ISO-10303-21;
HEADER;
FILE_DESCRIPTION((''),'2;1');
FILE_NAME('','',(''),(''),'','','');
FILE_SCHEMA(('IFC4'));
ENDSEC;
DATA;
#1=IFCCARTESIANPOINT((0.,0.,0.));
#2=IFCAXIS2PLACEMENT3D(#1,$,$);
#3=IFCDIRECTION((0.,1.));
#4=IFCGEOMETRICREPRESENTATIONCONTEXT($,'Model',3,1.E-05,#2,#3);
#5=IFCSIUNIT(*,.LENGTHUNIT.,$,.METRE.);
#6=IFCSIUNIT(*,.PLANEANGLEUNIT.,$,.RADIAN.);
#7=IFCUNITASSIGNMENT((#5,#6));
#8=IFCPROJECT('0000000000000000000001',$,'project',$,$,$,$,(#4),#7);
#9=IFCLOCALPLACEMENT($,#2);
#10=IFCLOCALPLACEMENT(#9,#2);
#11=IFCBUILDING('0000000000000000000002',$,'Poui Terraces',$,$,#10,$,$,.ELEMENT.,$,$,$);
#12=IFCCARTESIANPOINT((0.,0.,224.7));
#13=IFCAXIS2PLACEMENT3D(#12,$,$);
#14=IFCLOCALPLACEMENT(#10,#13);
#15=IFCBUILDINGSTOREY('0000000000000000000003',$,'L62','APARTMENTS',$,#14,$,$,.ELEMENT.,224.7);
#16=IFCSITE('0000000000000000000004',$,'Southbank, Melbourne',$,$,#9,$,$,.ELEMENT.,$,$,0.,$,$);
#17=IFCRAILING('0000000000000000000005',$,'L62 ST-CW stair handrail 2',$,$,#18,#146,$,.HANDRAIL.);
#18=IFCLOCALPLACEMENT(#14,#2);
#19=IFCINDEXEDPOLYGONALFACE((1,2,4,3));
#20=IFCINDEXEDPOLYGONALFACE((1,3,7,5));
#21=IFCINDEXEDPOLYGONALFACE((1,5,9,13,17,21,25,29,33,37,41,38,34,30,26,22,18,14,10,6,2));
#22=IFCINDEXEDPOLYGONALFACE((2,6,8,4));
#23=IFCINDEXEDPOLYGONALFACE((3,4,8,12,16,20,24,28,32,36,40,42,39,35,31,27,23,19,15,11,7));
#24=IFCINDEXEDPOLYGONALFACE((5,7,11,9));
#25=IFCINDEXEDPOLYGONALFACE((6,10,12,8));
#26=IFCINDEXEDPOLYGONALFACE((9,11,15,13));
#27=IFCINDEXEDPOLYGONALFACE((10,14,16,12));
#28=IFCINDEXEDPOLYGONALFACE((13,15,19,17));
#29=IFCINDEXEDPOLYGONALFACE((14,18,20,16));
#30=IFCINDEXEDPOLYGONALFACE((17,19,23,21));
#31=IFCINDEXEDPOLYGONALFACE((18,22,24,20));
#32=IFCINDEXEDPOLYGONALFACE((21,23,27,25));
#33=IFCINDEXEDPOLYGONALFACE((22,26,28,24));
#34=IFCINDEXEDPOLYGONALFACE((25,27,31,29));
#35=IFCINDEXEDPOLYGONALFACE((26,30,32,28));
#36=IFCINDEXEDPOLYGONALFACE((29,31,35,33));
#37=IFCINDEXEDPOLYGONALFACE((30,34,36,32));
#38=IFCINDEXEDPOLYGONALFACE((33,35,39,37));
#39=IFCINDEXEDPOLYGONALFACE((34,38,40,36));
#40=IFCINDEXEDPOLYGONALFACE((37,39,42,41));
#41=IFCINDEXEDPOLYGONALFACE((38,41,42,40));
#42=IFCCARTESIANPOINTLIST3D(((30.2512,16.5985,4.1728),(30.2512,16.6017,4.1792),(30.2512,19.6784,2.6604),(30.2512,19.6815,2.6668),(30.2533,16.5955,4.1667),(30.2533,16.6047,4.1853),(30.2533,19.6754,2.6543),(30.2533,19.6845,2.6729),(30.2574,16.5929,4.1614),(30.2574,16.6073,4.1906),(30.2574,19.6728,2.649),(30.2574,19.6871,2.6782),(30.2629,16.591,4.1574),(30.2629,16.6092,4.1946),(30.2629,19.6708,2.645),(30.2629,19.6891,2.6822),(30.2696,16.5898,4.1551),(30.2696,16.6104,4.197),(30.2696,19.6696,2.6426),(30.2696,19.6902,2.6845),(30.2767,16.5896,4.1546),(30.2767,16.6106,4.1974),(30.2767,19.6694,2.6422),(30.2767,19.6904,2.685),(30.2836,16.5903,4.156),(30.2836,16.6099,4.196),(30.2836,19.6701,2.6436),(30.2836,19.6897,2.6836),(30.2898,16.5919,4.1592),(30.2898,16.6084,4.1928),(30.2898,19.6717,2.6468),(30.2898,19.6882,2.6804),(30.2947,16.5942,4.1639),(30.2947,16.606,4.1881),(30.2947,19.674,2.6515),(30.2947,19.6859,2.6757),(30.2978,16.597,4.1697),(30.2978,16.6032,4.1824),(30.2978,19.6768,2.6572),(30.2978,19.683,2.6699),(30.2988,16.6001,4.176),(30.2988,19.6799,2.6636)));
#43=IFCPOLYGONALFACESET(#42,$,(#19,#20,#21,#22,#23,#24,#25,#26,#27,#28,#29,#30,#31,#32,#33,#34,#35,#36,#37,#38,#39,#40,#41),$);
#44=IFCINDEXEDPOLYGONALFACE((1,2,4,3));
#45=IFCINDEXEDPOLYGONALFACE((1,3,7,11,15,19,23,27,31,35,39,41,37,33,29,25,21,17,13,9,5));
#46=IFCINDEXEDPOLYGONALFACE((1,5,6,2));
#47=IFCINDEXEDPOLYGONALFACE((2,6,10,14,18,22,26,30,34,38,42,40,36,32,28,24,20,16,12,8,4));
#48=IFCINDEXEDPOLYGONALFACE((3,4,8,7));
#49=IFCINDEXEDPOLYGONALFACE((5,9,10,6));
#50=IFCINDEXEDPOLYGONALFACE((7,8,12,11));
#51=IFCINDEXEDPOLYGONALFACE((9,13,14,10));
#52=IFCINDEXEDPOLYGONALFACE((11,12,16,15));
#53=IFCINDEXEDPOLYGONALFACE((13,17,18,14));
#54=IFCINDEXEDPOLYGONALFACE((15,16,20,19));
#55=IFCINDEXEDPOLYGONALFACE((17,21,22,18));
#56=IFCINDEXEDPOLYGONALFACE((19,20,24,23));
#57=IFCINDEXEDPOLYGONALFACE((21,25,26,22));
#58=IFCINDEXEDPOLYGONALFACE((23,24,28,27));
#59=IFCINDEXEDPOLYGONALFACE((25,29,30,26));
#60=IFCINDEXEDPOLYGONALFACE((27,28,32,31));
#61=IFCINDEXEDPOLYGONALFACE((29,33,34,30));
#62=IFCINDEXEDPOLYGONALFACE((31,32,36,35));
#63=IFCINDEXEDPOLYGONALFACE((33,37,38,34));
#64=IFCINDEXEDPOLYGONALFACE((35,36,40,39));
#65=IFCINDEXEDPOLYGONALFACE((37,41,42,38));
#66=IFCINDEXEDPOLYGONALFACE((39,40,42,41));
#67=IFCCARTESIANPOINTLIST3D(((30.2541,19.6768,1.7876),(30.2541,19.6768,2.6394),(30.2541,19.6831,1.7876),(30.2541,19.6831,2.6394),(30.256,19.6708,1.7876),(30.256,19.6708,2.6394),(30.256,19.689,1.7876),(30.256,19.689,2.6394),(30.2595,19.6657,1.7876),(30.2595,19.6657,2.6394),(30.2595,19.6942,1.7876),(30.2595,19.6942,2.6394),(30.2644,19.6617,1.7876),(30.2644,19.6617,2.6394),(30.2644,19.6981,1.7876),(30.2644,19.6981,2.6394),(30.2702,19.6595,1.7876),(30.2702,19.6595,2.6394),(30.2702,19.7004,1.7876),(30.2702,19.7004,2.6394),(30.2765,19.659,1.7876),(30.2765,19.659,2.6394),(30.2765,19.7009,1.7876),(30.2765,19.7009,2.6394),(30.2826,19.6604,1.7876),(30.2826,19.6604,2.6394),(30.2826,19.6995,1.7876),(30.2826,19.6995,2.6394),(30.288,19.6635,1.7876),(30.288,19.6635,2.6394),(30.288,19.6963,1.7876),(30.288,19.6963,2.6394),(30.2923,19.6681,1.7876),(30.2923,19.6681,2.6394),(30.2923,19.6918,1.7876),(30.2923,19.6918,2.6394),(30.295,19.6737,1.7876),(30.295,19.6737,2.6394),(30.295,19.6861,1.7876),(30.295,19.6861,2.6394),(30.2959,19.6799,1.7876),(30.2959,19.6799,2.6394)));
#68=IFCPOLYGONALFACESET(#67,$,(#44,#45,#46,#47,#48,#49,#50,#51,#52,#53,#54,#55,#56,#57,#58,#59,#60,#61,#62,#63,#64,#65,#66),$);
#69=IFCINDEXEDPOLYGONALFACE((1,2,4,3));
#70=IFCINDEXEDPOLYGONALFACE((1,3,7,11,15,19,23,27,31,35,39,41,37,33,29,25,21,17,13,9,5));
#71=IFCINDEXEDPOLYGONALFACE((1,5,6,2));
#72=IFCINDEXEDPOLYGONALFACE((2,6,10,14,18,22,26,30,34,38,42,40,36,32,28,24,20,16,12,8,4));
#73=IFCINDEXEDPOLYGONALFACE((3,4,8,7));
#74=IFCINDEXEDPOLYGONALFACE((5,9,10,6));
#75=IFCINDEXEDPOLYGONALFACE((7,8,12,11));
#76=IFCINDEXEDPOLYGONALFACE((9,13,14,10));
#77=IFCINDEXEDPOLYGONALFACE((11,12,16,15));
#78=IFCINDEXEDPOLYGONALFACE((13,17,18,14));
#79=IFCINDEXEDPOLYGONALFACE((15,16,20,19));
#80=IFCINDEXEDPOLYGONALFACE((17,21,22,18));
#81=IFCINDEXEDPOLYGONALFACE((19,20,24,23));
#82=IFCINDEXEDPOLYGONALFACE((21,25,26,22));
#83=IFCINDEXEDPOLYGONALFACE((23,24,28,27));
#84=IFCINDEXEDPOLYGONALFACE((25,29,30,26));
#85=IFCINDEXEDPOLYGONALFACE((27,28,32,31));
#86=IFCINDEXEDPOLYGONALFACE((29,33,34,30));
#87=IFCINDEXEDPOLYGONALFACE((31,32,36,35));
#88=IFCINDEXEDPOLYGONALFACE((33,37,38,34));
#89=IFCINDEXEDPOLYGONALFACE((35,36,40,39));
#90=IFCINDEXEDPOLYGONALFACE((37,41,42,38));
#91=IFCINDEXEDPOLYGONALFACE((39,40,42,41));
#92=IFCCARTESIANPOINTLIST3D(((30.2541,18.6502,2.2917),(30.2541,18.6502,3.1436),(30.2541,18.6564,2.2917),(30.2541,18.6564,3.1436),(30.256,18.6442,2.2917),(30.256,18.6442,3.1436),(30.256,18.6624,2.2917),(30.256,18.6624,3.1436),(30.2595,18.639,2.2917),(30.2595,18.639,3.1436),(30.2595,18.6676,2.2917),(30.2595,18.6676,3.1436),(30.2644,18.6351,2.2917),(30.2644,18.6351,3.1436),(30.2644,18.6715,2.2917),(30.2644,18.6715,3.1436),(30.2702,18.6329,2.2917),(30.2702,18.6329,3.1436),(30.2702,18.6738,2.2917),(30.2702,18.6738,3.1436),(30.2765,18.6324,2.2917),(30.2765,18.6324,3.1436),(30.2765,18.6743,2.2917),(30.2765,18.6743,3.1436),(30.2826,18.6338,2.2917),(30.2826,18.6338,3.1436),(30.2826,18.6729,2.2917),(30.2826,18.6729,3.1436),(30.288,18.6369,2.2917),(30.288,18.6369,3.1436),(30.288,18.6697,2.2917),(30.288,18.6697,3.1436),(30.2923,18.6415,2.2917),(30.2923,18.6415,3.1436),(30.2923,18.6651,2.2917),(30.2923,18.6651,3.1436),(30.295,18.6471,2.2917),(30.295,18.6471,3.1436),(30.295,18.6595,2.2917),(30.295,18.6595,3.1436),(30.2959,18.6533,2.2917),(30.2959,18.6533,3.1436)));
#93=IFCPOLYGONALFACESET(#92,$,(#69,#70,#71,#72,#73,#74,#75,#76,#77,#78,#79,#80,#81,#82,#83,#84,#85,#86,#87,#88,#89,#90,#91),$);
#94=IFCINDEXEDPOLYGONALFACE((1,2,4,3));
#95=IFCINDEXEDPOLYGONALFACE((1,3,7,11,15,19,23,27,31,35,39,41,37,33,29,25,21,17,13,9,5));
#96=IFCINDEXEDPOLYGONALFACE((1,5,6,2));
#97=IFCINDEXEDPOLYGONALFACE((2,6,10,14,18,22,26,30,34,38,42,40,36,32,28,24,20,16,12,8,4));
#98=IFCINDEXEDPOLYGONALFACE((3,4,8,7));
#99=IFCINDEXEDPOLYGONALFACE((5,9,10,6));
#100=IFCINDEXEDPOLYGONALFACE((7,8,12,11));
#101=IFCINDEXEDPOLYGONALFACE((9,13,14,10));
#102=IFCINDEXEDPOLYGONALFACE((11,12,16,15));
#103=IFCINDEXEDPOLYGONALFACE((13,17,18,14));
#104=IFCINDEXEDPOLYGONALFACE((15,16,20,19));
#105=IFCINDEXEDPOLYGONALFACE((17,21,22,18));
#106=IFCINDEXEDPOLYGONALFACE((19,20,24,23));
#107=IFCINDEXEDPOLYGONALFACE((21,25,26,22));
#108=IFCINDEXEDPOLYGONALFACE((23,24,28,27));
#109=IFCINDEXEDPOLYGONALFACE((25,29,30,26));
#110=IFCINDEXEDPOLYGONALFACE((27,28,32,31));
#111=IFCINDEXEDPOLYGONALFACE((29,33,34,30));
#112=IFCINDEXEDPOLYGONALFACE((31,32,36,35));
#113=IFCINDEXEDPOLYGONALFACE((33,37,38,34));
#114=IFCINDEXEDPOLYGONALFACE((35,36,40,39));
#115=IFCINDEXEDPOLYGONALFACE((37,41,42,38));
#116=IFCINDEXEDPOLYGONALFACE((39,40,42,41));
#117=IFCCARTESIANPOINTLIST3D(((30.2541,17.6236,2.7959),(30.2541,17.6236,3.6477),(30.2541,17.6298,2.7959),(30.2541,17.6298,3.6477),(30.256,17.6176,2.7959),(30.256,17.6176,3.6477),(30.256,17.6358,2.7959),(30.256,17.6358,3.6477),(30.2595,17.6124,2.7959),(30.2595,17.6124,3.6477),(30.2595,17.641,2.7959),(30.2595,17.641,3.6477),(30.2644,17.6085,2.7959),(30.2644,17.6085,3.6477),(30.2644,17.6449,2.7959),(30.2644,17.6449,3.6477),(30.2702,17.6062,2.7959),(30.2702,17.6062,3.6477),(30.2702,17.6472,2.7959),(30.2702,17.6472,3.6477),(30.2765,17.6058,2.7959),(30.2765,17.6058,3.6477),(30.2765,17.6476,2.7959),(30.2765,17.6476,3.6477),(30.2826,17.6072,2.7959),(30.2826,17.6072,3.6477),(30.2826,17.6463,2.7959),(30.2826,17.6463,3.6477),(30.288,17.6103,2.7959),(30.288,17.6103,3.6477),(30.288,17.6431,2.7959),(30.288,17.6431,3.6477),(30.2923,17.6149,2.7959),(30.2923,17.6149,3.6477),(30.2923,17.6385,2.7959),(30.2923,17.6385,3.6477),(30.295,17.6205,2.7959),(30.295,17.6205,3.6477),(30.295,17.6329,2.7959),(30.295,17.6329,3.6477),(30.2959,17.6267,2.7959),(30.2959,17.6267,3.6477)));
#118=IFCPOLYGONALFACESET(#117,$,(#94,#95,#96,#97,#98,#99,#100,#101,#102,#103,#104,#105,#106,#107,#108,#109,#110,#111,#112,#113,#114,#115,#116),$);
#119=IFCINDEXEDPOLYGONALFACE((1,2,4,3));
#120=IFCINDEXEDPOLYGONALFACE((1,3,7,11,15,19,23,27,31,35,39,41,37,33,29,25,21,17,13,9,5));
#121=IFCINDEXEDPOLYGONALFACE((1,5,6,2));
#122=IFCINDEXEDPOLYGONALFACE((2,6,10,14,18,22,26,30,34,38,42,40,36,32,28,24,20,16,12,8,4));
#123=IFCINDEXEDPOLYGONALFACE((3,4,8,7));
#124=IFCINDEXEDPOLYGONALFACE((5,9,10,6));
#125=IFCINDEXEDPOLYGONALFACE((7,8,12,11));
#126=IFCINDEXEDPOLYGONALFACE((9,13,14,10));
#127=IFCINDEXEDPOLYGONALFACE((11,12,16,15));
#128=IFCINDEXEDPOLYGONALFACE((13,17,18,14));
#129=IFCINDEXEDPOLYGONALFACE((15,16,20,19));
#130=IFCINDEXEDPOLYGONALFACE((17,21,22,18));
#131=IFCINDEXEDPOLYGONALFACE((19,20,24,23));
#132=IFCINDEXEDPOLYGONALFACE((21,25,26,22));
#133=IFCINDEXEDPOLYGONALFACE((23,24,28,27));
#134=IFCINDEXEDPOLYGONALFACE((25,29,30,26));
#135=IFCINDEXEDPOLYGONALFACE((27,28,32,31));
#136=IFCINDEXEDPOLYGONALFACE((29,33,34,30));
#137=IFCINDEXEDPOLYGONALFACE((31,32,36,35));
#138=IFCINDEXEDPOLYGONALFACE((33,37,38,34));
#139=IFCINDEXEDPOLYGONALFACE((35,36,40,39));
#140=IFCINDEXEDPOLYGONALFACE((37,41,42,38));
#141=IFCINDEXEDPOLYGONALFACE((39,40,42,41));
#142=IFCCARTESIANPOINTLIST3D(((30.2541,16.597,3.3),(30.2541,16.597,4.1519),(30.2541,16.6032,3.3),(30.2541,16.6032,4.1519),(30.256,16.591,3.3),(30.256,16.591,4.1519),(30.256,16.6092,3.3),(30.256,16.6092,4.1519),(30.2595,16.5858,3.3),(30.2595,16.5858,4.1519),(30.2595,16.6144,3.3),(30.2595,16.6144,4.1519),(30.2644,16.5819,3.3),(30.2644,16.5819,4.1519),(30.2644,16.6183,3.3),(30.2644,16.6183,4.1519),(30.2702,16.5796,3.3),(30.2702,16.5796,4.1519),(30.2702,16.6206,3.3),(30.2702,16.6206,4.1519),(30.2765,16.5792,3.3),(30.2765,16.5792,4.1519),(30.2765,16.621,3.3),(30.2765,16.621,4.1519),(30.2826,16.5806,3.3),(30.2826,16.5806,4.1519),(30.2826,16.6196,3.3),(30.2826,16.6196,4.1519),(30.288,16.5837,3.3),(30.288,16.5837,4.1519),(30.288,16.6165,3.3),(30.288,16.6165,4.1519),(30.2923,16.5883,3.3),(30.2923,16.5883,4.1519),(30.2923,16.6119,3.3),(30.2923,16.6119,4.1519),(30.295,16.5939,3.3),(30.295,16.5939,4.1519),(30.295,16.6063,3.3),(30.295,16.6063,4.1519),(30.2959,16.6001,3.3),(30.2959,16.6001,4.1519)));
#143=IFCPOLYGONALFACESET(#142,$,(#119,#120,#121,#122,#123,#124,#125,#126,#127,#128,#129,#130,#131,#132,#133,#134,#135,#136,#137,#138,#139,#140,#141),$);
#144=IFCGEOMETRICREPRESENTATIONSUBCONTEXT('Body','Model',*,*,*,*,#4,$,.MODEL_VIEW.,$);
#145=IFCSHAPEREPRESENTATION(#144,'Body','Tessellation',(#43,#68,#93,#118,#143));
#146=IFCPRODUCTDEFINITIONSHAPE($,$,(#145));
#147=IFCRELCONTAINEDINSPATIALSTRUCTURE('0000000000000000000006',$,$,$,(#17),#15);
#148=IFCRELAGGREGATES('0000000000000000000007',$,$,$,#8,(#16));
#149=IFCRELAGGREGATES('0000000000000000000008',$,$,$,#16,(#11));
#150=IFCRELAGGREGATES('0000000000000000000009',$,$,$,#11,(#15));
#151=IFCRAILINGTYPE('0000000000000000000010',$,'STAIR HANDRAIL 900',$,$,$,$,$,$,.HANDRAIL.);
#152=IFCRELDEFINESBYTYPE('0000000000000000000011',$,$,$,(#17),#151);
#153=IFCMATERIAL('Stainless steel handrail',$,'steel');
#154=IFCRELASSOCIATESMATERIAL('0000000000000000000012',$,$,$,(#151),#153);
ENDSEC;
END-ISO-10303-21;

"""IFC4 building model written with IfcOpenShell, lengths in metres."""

from ifc_helpers import new_model, si_unit, direction, frame, origin, origin_2d, place, context, subcontext, project, spatial, circle, extrude, material, type_object, element, save


model = new_model("IFC4")

# Units and contexts
model_context = context("Model", 3, precision=1e-05, world=origin(), true_north=direction((0.0, 1.0)))
body_context = subcontext(model_context, "Body", "Model", "MODEL_VIEW")
ifc_project = project(units=[si_unit("LENGTHUNIT", "METRE"), si_unit("PLANEANGLEUNIT", "RADIAN")], contexts=[model_context])

# Site, building, storey
site_placement = place(None, origin())
site = spatial("IfcSite", under=ifc_project, at=site_placement, Name="Southbank, Melbourne", CompositionType="ELEMENT", RefElevation=0.0)
building_placement = place(site_placement, origin())
building = spatial("IfcBuilding", under=site, at=building_placement, Name="Poui Terraces", CompositionType="ELEMENT")
storey_placement = place(building_placement, frame((0.0, 0.0, 224.7)))
storey = spatial("IfcBuildingStorey", under=building, at=storey_placement, Name="L62", Description="APARTMENTS", CompositionType="ELEMENT", Elevation=224.7)

# Railing
ifc_material_1 = material(Name="Stainless steel handrail", Category="steel")
railing_type_1 = type_object("IfcRailingType", Name="STAIR HANDRAIL 900", PredefinedType="HANDRAIL", material=ifc_material_1)
railing_1_placement = place(storey_placement, frame((30.2749, 19.6799, 1.7876)))
element("IfcRailing", 1, at=railing_1_placement, inside=storey, type_object=railing_type_1, Name="L62 ST-CW stair handrail 2", PredefinedType="HANDRAIL", context=body_context, shape_type="SweptSolid", body=[
    extrude(circle(Radius=0.0239, at=origin_2d()), frame((0.0, 0.0, 0.876), z_axis=(0.0, -0.897606, 0.440798), x_axis=(1.0, 0.0, 0.0)), (0.0, 0.0, 1.0), 3.4312),
    extrude(circle(Radius=0.021, at=origin_2d()), origin(), (0.0, 0.0, 1.0), 0.8518),
    extrude(circle(Radius=0.021, at=origin_2d()), frame((0.0, -1.0266, 0.5042)), (0.0, 0.0, 1.0), 0.8518),
    extrude(circle(Radius=0.021, at=origin_2d()), frame((0.0, -2.0532, 1.0083)), (0.0, 0.0, 1.0), 0.8518),
    extrude(circle(Radius=0.021, at=origin_2d()), frame((0.0, -3.0798, 1.5125)), (0.0, 0.0, 1.0), 0.8518),
])

save(model, "model.ifc")
